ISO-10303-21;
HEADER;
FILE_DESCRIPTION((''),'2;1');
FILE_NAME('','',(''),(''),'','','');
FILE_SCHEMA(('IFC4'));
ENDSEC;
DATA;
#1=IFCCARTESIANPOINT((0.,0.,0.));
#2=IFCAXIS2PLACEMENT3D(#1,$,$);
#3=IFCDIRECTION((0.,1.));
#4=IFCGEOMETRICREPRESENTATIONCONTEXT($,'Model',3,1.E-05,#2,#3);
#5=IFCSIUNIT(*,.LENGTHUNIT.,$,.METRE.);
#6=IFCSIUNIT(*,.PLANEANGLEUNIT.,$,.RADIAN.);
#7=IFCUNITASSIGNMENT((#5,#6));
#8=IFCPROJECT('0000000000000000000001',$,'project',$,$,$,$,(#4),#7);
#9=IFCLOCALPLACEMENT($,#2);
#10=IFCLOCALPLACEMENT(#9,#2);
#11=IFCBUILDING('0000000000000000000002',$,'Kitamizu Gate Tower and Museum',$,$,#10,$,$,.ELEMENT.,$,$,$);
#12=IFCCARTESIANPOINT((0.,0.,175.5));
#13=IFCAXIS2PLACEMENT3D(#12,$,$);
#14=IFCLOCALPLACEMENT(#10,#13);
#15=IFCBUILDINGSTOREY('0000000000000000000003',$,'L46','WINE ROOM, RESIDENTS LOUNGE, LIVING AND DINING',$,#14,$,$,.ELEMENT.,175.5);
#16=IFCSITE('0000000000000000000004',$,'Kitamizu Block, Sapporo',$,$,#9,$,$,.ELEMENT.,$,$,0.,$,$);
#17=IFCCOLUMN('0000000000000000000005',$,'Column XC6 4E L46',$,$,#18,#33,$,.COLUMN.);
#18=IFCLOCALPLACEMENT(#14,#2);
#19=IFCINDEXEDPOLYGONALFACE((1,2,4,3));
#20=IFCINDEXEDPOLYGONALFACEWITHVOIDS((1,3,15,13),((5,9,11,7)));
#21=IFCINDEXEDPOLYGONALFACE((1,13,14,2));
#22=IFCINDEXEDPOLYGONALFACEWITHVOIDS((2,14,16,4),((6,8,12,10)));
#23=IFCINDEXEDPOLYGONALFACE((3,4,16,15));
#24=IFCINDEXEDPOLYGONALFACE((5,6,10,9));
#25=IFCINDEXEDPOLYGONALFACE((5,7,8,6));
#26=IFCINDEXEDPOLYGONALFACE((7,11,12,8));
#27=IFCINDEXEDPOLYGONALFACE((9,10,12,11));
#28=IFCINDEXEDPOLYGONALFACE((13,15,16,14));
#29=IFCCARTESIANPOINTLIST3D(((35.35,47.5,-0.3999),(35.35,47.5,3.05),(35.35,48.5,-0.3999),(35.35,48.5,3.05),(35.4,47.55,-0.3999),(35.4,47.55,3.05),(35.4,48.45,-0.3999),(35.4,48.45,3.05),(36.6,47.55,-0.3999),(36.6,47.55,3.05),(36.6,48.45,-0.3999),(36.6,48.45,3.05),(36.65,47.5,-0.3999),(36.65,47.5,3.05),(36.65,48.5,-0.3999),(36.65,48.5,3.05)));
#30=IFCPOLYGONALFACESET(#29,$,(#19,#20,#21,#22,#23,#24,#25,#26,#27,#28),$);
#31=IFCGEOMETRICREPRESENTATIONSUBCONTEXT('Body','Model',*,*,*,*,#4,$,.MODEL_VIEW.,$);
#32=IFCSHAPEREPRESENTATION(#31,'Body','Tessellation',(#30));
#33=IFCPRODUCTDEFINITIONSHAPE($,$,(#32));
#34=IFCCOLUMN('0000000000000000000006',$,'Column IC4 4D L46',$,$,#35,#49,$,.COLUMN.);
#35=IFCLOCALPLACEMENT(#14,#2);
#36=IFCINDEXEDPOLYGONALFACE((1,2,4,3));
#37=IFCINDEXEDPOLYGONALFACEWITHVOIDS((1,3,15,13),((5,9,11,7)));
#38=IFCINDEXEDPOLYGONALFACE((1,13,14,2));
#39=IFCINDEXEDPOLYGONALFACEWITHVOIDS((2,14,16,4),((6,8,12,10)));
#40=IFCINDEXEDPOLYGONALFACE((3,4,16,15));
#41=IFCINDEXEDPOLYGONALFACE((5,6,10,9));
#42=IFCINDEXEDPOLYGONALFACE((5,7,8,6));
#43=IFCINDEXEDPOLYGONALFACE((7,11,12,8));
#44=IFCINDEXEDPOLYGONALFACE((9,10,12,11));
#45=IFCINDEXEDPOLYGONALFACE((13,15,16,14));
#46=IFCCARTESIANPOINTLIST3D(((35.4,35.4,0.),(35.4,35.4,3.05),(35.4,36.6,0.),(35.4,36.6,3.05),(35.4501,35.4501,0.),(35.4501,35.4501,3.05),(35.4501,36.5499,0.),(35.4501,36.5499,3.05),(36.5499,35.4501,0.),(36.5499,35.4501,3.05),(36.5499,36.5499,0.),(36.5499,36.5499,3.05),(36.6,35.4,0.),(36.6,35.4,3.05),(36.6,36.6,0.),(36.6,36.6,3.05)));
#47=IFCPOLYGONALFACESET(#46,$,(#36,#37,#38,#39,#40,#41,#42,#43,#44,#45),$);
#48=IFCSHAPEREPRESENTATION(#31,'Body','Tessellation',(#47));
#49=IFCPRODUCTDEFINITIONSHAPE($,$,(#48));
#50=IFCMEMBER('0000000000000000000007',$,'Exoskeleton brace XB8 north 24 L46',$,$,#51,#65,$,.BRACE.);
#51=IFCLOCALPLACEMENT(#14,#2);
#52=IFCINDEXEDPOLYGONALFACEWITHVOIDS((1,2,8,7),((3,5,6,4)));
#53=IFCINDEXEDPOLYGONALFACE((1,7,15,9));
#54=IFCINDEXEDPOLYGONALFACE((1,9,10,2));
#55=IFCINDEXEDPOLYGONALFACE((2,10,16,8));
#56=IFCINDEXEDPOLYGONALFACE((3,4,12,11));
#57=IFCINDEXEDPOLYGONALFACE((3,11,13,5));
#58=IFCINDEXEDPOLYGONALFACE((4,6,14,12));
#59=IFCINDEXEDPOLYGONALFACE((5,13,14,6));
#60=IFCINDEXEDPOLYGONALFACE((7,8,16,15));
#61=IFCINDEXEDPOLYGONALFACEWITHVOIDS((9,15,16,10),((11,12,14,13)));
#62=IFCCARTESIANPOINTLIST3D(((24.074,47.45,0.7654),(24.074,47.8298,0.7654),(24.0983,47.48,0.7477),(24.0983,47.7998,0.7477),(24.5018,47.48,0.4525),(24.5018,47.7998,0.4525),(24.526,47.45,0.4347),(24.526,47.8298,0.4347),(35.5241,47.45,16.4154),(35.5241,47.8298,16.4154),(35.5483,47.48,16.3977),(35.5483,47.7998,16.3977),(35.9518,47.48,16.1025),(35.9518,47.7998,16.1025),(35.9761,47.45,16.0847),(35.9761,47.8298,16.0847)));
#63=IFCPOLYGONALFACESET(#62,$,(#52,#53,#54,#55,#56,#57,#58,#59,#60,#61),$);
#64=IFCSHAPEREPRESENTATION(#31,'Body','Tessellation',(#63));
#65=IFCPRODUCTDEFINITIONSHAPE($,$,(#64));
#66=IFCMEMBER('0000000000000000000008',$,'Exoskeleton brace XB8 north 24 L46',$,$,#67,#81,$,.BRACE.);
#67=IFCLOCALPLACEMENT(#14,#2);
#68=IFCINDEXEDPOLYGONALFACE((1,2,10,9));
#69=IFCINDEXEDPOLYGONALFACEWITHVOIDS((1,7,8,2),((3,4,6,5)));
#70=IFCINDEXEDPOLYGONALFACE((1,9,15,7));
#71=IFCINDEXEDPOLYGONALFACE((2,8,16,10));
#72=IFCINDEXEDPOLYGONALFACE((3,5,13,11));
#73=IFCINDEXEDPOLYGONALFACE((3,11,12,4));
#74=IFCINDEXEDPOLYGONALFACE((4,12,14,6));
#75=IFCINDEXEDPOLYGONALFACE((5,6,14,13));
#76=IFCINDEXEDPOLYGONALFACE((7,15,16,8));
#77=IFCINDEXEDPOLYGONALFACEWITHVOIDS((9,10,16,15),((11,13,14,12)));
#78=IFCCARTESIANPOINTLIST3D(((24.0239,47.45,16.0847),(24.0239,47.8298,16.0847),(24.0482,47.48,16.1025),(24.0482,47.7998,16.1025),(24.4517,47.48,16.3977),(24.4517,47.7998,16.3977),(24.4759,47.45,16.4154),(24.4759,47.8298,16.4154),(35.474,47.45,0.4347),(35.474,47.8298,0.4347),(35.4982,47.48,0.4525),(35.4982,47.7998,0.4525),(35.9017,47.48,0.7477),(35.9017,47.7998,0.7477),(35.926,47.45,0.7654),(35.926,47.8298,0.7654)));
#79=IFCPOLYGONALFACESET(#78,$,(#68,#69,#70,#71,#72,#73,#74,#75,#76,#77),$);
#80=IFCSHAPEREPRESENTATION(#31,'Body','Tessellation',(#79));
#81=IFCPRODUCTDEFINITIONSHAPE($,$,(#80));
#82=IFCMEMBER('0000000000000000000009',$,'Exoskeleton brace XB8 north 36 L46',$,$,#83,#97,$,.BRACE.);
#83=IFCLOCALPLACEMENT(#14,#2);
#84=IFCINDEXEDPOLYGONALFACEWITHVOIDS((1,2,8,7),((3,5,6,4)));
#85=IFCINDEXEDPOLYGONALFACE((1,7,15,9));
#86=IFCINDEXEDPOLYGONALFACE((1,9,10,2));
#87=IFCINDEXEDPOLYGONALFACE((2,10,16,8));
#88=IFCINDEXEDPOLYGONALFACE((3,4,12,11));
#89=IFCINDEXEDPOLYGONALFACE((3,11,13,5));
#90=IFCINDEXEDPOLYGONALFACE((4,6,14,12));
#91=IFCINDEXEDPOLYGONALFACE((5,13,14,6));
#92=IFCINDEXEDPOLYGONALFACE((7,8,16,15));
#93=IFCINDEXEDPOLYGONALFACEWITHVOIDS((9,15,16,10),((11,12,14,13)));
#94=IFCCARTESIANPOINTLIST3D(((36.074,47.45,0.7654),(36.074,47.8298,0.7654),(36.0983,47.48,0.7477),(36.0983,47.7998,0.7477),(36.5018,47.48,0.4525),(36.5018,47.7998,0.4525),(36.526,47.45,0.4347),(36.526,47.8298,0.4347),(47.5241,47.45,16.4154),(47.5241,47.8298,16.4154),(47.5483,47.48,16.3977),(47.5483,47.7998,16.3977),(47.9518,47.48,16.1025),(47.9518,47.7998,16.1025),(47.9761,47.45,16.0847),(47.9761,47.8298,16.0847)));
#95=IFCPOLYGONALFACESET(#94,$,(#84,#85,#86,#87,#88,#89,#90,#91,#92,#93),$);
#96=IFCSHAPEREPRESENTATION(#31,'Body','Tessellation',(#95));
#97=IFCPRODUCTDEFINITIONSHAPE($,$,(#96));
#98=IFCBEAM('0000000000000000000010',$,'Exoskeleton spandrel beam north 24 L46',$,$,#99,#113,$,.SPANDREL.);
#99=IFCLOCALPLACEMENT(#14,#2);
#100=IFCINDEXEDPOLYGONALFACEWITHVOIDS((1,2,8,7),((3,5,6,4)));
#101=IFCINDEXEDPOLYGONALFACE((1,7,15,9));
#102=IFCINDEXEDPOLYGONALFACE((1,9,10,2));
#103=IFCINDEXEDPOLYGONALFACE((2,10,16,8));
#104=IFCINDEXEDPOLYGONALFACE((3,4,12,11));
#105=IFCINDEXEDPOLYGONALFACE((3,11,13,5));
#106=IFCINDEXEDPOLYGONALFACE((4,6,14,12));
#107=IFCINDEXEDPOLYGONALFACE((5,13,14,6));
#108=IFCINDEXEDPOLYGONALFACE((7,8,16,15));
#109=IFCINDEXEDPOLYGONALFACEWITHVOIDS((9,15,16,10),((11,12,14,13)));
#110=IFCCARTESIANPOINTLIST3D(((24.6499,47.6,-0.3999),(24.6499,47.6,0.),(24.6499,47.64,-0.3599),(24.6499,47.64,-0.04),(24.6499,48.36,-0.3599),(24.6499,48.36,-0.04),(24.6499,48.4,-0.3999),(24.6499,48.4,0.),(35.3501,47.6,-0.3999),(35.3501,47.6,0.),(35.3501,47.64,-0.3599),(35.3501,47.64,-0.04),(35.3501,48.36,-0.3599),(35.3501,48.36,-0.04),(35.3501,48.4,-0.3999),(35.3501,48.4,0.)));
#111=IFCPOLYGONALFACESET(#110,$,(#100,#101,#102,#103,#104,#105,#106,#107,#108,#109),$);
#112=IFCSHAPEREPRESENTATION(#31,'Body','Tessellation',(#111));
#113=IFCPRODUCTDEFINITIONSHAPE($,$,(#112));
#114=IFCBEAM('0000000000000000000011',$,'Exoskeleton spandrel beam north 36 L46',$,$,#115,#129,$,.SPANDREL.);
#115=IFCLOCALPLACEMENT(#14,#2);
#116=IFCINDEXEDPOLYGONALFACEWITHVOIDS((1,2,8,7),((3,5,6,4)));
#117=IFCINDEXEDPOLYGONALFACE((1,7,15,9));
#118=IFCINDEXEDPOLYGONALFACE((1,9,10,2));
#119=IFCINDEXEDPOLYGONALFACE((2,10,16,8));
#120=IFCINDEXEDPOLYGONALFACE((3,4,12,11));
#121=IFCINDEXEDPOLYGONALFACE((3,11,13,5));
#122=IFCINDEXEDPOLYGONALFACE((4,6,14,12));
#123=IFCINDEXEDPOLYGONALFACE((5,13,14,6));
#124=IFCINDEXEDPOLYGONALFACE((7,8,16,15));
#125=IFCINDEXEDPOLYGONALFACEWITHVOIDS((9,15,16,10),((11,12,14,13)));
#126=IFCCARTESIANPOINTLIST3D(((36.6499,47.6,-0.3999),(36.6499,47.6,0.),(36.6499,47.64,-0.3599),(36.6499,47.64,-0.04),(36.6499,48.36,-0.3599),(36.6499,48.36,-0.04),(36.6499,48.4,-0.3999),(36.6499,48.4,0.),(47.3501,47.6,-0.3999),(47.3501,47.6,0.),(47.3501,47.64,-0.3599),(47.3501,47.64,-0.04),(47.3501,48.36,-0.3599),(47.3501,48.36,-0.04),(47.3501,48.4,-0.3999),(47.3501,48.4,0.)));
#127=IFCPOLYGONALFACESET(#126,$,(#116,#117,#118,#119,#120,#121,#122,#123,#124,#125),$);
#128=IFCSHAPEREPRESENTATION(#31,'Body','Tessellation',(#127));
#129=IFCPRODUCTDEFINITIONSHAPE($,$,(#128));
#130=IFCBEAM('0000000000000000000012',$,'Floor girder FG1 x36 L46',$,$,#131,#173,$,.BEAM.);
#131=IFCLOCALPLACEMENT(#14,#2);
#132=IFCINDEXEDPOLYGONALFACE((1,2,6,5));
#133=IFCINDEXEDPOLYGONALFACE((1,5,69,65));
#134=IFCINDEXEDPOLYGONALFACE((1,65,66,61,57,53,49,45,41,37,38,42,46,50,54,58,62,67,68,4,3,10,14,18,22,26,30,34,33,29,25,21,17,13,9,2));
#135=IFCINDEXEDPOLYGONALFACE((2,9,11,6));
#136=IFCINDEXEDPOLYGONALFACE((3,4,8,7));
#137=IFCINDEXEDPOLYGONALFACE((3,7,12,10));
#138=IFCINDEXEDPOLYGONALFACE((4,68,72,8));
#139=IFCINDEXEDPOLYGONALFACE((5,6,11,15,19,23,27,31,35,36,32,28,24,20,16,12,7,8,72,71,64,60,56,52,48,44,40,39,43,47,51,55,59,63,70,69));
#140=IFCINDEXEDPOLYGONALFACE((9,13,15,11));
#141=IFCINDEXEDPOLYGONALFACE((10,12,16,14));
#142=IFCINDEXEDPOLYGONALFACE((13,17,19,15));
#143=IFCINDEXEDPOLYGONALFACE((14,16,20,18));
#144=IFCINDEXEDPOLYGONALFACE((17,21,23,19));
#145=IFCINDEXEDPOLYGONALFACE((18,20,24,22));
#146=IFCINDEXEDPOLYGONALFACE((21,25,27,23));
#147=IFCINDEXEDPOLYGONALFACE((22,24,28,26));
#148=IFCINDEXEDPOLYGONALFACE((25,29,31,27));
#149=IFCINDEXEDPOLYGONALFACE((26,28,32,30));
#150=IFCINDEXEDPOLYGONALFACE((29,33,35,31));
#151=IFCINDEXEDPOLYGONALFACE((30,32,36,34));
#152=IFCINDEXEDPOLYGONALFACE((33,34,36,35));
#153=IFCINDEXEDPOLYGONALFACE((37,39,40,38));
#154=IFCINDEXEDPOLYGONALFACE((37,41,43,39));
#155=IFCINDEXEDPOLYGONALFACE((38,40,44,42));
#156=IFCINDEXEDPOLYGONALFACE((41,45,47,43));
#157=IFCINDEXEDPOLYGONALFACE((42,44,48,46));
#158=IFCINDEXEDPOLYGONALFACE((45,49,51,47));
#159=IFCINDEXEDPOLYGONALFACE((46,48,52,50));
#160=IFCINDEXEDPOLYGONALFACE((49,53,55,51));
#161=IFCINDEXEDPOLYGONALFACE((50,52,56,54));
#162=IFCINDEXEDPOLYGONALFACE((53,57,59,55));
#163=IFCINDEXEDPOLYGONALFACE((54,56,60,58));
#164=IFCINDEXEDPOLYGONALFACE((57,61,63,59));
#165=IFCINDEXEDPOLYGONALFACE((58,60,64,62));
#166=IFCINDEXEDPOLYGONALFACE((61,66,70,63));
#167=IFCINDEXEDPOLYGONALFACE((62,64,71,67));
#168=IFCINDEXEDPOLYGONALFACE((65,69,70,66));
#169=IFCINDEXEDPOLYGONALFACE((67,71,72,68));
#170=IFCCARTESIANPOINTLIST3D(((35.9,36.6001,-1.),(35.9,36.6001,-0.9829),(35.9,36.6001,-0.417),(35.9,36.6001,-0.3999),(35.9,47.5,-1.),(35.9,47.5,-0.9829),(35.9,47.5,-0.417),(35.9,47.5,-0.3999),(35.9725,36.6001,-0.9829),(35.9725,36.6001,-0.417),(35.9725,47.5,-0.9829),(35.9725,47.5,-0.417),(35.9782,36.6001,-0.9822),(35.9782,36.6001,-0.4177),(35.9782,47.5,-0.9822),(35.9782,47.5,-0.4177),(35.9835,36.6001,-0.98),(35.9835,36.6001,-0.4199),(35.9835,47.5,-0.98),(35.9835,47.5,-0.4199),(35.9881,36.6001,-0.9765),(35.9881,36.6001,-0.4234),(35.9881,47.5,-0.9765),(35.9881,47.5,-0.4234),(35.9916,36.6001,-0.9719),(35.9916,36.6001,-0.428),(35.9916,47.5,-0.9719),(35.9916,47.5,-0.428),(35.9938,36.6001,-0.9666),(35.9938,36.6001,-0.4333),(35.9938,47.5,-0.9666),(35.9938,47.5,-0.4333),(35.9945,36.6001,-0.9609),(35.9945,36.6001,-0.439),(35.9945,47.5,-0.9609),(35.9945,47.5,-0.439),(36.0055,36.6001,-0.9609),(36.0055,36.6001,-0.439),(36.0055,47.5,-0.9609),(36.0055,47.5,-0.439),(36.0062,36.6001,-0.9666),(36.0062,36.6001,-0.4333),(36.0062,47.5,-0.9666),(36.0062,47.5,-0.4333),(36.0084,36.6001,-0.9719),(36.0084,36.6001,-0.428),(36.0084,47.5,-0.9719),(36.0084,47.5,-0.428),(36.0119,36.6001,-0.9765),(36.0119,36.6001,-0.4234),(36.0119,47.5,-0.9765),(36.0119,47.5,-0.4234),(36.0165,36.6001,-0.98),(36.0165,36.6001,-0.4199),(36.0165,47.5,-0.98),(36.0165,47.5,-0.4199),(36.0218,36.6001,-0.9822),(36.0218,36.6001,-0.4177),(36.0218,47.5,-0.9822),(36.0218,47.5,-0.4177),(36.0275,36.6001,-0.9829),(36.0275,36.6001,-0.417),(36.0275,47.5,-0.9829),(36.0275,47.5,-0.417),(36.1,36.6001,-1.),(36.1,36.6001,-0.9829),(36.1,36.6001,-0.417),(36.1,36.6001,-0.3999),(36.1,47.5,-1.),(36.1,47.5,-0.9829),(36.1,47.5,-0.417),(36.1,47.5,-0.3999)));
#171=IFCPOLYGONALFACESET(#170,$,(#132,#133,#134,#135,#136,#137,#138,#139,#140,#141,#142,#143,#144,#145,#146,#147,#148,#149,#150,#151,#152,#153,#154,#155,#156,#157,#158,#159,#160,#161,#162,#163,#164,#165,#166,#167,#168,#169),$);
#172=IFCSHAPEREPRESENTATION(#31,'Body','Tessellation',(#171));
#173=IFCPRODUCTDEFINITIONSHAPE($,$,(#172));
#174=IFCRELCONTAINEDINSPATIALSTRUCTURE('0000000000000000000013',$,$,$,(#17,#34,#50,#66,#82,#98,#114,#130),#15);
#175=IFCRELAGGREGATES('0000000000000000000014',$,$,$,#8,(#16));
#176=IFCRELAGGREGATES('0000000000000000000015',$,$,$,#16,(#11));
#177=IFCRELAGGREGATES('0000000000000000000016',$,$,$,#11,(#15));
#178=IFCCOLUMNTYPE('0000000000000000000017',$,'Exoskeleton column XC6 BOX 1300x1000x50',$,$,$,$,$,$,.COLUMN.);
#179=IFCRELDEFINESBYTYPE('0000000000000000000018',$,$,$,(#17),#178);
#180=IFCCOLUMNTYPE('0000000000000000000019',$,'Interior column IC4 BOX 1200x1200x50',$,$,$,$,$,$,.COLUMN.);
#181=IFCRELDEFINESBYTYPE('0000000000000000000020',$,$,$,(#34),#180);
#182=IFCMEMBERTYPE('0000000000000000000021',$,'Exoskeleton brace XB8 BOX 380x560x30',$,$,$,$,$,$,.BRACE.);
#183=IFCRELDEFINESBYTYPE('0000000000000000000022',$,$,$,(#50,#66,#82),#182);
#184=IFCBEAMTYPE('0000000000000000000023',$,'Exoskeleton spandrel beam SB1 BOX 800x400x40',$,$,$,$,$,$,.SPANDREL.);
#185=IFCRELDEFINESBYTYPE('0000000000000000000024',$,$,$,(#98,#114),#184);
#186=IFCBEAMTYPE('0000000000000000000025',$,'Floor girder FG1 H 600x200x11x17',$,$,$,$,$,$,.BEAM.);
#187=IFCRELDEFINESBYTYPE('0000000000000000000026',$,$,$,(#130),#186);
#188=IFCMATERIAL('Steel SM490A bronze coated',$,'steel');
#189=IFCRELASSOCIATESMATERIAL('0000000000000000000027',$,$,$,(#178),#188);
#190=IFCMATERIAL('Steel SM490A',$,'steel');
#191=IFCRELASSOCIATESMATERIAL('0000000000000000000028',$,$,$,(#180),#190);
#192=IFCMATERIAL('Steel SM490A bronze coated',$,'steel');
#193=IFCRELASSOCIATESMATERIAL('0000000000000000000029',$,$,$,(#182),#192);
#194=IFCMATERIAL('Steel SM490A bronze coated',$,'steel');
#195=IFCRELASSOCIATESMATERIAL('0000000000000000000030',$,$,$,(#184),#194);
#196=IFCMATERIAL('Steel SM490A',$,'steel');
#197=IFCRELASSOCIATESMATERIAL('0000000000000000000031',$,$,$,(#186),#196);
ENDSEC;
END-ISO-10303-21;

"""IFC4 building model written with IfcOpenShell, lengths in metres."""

from ifc_helpers import new_model, si_unit, direction, frame, origin, origin_2d, place, context, subcontext, project, spatial, hollow_rectangle, i_section, extrude, material, material_profile, profile_set, type_object, element, save


model = new_model("IFC4")

# Units and contexts
model_context = context("Model", 3, precision=1e-05, world=origin(), true_north=direction((0.0, 1.0)))
body_context = subcontext(model_context, "Body", "Model", "MODEL_VIEW")
ifc_project = project(units=[si_unit("LENGTHUNIT", "METRE"), si_unit("PLANEANGLEUNIT", "RADIAN")], contexts=[model_context])

# Site, building, storey
site_placement = place(None, origin())
site = spatial("IfcSite", under=ifc_project, at=site_placement, Name="Kitamizu Block, Sapporo", CompositionType="ELEMENT", RefElevation=0.0)
building_placement = place(site_placement, origin())
building = spatial("IfcBuilding", under=site, at=building_placement, Name="Kitamizu Gate Tower and Museum", CompositionType="ELEMENT")
storey_placement = place(building_placement, frame((0.0, 0.0, 175.5)))
storey = spatial("IfcBuildingStorey", under=building, at=storey_placement, Name="L46", Description="WINE ROOM, RESIDENTS LOUNGE, LIVING AND DINING", CompositionType="ELEMENT", Elevation=175.5)

# Columns
ifc_material_1 = material(Name="Steel SM490A bronze coated", Category="steel")
ifc_material_profile_1 = material_profile(ifc_material_1, hollow_rectangle(XDim=1.3, YDim=1.0, WallThickness=0.05, at=origin_2d()), Name="BOX 1300x1000x50")
ifc_profile_set_1 = profile_set([ifc_material_profile_1], Name="Steel SM490A bronze coated")
column_type_1 = type_object("IfcColumnType", Name="Exoskeleton column XC6 BOX 1300x1000x50", PredefinedType="COLUMN", material=ifc_profile_set_1)
column_1_placement = place(storey_placement, frame((36.0, 48.0, -0.3999), z_axis=(0.0, 0.0, 1.0), x_axis=(1.0, 0.0, 0.0)))
element("IfcColumn", 1, at=column_1_placement, inside=storey, type_object=column_type_1, Name="Column XC6 4E L46", PredefinedType="COLUMN", context=body_context, shape_type="SweptSolid", body=[
    extrude(hollow_rectangle(XDim=1.3, YDim=1.0, WallThickness=0.05, at=origin_2d()), origin(), (0.0, 0.0, 1.0), 3.45),
])
ifc_material_2 = material(Name="Steel SM490A", Category="steel")
ifc_material_profile_2 = material_profile(ifc_material_2, hollow_rectangle(XDim=1.2, YDim=1.2, WallThickness=0.05, at=origin_2d()), Name="BOX 1200x1200x50")
ifc_profile_set_2 = profile_set([ifc_material_profile_2], Name="Steel SM490A")
column_type_2 = type_object("IfcColumnType", Name="Interior column IC4 BOX 1200x1200x50", PredefinedType="COLUMN", material=ifc_profile_set_2)
column_2_placement = place(storey_placement, frame((36.0, 36.0, 0.0), z_axis=(0.0, 0.0, 1.0), x_axis=(1.0, 0.0, 0.0)))
element("IfcColumn", 2, at=column_2_placement, inside=storey, type_object=column_type_2, Name="Column IC4 4D L46", PredefinedType="COLUMN", context=body_context, shape_type="SweptSolid", body=[
    extrude(hollow_rectangle(XDim=1.2, YDim=1.2, WallThickness=0.05, at=origin_2d()), origin(), (0.0, 0.0, 1.0), 3.05),
])

# Members
ifc_material_3 = material(Name="Steel SM490A bronze coated", Category="steel")
ifc_material_profile_3 = material_profile(ifc_material_3, hollow_rectangle(XDim=0.3799, YDim=0.5601, WallThickness=0.03, at=origin_2d()), Name="BOX 380x560x30")
ifc_profile_set_3 = profile_set([ifc_material_profile_3], Name="Steel SM490A bronze coated")
member_type = type_object("IfcMemberType", Name="Exoskeleton brace XB8 BOX 380x560x30", PredefinedType="BRACE", material=ifc_profile_set_3)
for number, where, z_axis, x_axis, name in (
    (3, (24.3, 47.6399, 0.6001), (0.59047, 0.0, 0.80706), (0.0, 1.0, 0.0), "Exoskeleton brace XB8 north 24 L46"),
    (4, (35.7, 47.6399, 0.6001), (-0.59047, 0.0, 0.80706), (0.0, -1.0, 0.0), "Exoskeleton brace XB8 north 24 L46"),
    (5, (36.3, 47.6399, 0.6001), (0.59047, 0.0, 0.80706), (0.0, 1.0, 0.0), "Exoskeleton brace XB8 north 36 L46"),
):
    element("IfcMember", number, at=place(storey_placement, frame(where, z_axis=z_axis, x_axis=x_axis)), inside=storey, type_object=member_type, Name=name, PredefinedType="BRACE", context=body_context, shape_type="SweptSolid", body=[
        extrude(hollow_rectangle(XDim=0.3799, YDim=0.5601, WallThickness=0.03, at=origin_2d()), origin(), (0.0, 0.0, 1.0), 19.3914),
    ])

# Beams
ifc_material_4 = material(Name="Steel SM490A bronze coated", Category="steel")
ifc_material_profile_4 = material_profile(ifc_material_4, hollow_rectangle(XDim=0.8, YDim=0.3999, WallThickness=0.04, at=origin_2d()), Name="BOX 800x400x40")
ifc_profile_set_4 = profile_set([ifc_material_profile_4], Name="Steel SM490A bronze coated")
beam_type_1 = type_object("IfcBeamType", Name="Exoskeleton spandrel beam SB1 BOX 800x400x40", PredefinedType="SPANDREL", material=ifc_profile_set_4)
for number, where, z_axis, x_axis, name in (
    (6, (24.6499, 48.0, -0.2), (1.0, 0.0, 0.0), (0.0, 1.0, 0.0), "Exoskeleton spandrel beam north 24 L46"),
    (7, (36.6499, 48.0, -0.2), (1.0, 0.0, 0.0), (0.0, 1.0, 0.0), "Exoskeleton spandrel beam north 36 L46"),
):
    element("IfcBeam", number, at=place(storey_placement, frame(where, z_axis=z_axis, x_axis=x_axis)), inside=storey, type_object=beam_type_1, Name=name, PredefinedType="SPANDREL", context=body_context, shape_type="SweptSolid", body=[
        extrude(hollow_rectangle(XDim=0.8, YDim=0.3999, WallThickness=0.04, at=origin_2d()), origin(), (0.0, 0.0, 1.0), 10.7002),
    ])
ifc_material_5 = material(Name="Steel SM490A", Category="steel")
ifc_material_profile_5 = material_profile(ifc_material_5, i_section(OverallWidth=0.2, OverallDepth=0.6001, WebThickness=0.011, FlangeThickness=0.0171, FilletRadius=0.022, at=origin_2d()), Name="H-600x200x11x17")
ifc_profile_set_5 = profile_set([ifc_material_profile_5], Name="Steel SM490A")
beam_type_2 = type_object("IfcBeamType", Name="Floor girder FG1 H 600x200x11x17", PredefinedType="BEAM", material=ifc_profile_set_5)
beam_1_placement = place(storey_placement, frame((36.0, 36.6001, -0.7), z_axis=(0.0, 1.0, 0.0), x_axis=(-1.0, 0.0, 0.0)))
element("IfcBeam", 8, at=beam_1_placement, inside=storey, type_object=beam_type_2, Name="Floor girder FG1 x36 L46", PredefinedType="BEAM", context=body_context, shape_type="SweptSolid", body=[
    extrude(i_section(OverallWidth=0.2, OverallDepth=0.6001, WebThickness=0.011, FlangeThickness=0.0171, FilletRadius=0.022, at=origin_2d()), origin(), (0.0, 0.0, 1.0), 10.8999),
])

save(model, "model.ifc")
